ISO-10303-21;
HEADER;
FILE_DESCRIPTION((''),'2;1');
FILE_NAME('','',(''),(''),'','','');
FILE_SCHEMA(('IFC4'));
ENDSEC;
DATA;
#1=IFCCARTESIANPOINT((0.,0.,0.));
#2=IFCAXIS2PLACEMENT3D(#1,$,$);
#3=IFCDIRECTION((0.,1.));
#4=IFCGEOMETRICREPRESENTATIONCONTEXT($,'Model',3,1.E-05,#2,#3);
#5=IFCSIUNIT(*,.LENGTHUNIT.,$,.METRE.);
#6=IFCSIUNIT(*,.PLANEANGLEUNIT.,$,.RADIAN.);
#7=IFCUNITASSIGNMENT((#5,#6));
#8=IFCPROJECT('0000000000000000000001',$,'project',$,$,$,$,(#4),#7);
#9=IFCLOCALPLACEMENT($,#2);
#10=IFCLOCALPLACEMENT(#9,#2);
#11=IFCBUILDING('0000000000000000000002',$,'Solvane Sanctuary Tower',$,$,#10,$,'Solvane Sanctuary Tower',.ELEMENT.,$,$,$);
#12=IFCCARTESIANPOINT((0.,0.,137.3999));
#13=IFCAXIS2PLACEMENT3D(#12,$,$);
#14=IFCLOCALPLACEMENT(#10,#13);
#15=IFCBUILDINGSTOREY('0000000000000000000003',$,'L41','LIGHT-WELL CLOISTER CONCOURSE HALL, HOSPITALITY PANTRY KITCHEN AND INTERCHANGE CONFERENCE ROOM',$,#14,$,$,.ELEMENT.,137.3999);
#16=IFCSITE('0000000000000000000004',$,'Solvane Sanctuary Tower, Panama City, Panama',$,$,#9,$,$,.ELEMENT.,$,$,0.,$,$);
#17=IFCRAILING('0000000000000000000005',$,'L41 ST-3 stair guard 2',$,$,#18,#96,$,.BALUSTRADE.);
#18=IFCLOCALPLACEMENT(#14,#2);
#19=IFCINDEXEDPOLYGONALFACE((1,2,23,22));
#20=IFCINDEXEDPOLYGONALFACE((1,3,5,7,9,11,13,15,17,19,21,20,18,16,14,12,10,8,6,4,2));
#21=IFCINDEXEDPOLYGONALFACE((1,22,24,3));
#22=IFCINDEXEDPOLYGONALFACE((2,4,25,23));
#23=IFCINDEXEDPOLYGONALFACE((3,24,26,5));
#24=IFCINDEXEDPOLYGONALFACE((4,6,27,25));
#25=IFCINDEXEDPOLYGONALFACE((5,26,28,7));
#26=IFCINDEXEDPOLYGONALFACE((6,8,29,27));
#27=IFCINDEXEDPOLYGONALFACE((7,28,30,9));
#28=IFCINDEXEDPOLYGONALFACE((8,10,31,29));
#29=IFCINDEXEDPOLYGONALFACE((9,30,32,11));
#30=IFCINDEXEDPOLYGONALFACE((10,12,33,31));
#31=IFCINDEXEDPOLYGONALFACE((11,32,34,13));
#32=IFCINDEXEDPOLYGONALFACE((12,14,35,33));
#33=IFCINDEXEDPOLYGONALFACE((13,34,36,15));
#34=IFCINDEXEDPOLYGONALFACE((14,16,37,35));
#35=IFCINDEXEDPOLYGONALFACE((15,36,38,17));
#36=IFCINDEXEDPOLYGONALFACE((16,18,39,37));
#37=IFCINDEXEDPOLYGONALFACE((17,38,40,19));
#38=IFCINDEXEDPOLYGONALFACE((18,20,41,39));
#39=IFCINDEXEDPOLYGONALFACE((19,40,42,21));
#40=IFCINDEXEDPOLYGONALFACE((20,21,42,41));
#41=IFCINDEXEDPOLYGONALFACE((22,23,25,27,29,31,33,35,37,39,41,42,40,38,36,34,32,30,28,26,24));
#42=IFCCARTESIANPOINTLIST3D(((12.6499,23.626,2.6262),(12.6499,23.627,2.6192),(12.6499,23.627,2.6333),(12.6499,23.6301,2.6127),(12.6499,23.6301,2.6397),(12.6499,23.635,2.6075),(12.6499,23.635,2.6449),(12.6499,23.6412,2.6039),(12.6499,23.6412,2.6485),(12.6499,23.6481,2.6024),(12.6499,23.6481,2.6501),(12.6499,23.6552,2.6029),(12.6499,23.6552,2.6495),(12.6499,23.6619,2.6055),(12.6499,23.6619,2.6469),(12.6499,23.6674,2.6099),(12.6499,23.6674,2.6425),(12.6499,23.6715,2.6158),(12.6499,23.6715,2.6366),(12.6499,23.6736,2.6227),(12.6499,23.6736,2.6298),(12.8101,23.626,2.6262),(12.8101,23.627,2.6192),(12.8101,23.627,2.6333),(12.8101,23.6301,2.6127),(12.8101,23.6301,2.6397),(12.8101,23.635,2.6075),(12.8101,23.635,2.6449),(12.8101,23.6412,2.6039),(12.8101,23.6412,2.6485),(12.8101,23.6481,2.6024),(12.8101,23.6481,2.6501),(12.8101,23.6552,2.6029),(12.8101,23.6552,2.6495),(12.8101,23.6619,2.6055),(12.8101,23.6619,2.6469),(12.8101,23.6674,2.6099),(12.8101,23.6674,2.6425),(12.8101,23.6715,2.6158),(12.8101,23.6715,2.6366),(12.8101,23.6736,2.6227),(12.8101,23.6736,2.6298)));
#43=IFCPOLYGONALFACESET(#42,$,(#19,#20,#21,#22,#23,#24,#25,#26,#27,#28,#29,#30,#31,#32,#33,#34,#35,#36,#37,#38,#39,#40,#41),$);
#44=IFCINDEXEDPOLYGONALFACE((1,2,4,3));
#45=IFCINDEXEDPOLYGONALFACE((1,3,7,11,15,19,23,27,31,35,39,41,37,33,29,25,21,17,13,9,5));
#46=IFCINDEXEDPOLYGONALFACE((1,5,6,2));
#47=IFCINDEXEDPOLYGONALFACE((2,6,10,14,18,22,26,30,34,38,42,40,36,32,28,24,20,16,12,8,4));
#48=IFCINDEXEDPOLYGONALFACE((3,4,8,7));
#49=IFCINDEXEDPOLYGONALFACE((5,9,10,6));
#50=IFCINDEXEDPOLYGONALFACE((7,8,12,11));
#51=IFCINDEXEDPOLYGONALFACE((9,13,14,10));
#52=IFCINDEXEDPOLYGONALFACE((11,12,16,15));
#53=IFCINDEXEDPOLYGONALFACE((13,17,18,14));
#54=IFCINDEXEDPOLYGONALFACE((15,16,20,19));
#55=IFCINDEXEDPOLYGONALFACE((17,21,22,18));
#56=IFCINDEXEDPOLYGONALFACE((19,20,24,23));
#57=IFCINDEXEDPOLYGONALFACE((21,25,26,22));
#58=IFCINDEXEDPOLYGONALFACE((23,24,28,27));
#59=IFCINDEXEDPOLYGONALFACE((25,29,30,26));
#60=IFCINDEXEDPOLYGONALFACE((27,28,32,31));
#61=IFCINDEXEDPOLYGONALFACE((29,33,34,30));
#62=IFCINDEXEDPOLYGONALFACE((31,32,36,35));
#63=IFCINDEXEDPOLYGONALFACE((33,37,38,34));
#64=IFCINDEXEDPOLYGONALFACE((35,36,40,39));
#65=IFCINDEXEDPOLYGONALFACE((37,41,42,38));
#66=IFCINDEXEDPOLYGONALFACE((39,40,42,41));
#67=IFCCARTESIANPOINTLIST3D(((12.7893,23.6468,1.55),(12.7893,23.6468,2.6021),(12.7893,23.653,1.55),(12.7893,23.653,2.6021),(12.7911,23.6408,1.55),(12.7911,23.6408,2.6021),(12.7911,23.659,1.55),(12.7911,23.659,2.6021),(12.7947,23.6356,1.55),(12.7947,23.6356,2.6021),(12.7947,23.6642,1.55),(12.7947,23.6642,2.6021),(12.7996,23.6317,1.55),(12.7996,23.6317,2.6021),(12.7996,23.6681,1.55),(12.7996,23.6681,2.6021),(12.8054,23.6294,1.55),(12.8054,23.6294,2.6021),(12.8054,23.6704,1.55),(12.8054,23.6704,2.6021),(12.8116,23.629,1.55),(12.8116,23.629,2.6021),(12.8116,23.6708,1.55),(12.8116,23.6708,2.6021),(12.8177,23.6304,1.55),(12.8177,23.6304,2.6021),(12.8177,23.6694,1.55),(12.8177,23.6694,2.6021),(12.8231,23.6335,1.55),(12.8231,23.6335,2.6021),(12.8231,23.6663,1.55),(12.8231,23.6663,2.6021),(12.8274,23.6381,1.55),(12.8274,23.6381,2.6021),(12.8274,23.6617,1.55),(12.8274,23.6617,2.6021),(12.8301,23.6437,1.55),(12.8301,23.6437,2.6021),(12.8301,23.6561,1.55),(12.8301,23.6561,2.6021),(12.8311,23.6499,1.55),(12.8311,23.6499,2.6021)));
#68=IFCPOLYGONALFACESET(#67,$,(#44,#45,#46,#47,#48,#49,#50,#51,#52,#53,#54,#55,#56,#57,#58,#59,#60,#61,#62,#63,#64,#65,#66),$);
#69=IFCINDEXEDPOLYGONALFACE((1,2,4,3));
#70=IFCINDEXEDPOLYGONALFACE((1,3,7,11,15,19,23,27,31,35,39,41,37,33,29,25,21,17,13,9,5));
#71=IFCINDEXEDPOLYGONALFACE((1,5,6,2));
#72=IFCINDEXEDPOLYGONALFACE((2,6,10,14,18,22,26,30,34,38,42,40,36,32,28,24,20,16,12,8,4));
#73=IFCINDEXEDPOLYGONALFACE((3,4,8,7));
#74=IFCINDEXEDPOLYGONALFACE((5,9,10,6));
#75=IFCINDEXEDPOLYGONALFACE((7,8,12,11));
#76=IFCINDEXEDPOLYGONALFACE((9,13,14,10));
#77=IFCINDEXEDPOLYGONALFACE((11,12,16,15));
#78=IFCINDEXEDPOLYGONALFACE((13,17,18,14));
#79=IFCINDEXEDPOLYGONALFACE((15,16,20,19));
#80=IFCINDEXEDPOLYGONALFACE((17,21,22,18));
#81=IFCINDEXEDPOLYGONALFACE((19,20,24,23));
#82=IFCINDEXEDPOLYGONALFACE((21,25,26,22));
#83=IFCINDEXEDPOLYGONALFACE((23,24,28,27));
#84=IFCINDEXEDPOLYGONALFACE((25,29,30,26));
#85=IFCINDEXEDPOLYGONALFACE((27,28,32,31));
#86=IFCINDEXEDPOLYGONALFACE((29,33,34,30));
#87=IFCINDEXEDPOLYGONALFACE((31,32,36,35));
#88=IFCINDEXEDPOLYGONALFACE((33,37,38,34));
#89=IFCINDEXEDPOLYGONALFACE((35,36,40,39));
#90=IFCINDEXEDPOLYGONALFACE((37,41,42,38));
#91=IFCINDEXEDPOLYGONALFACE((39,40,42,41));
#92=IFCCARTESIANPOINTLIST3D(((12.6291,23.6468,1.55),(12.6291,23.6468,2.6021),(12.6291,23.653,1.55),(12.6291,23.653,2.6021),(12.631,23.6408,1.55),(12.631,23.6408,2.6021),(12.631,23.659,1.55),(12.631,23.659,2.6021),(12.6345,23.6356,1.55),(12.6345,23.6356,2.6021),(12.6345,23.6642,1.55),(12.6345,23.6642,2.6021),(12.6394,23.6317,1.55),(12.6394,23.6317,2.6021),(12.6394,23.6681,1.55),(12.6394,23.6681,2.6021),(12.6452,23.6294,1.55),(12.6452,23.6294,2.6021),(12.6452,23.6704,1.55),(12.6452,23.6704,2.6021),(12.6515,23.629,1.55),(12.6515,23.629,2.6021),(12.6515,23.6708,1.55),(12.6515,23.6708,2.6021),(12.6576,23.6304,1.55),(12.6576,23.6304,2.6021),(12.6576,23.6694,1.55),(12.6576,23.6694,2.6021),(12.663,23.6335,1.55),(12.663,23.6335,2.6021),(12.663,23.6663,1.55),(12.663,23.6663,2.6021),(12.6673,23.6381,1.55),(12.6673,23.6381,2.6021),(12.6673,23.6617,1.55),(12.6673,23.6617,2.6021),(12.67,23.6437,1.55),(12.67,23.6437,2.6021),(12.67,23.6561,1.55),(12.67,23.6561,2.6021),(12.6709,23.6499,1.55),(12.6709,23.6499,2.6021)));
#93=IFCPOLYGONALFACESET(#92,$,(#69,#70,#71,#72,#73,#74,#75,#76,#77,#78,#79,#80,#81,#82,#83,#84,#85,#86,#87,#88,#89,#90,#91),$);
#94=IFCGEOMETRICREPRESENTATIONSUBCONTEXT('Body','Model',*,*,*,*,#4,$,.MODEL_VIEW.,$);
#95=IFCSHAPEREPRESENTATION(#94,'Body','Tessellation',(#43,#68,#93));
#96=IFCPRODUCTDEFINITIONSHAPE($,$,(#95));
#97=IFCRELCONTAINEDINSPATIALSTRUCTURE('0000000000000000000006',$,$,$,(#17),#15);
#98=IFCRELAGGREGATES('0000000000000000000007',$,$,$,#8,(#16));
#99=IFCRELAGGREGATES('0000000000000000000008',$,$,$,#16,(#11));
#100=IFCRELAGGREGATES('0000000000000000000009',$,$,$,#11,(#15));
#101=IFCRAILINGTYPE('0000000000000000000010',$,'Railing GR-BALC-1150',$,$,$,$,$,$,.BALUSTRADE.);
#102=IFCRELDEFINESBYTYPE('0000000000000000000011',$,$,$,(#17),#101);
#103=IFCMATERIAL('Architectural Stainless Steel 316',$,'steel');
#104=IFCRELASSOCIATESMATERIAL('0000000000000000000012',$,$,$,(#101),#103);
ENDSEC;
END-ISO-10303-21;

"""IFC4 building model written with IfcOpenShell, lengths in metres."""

from ifc_helpers import new_model, si_unit, direction, frame, origin, origin_2d, place, context, subcontext, project, spatial, circle, extrude, material, type_object, element, save


model = new_model("IFC4")

# Units and contexts
model_context = context("Model", 3, precision=1e-05, world=origin(), true_north=direction((0.0, 1.0)))
body_context = subcontext(model_context, "Body", "Model", "MODEL_VIEW")
ifc_project = project(units=[si_unit("LENGTHUNIT", "METRE"), si_unit("PLANEANGLEUNIT", "RADIAN")], contexts=[model_context])

# Site, building, storey
site_placement = place(None, origin())
site = spatial("IfcSite", under=ifc_project, at=site_placement, Name="Solvane Sanctuary Tower, Panama City, Panama", CompositionType="ELEMENT", RefElevation=0.0)
building_placement = place(site_placement, origin())
building = spatial("IfcBuilding", under=site, at=building_placement, Name="Solvane Sanctuary Tower", LongName="Solvane Sanctuary Tower", CompositionType="ELEMENT")
storey_placement = place(building_placement, frame((0.0, 0.0, 137.3999)))
storey = spatial("IfcBuildingStorey", under=building, at=storey_placement, Name="L41", Description="LIGHT-WELL CLOISTER CONCOURSE HALL, HOSPITALITY PANTRY KITCHEN AND INTERCHANGE CONFERENCE ROOM", CompositionType="ELEMENT", Elevation=137.3999)

# Shared definitions
ifc_material_1 = material(Name="Architectural Stainless Steel 316", Category="steel")

# Railing
railing_type_1 = type_object("IfcRailingType", Name="Railing GR-BALC-1150", PredefinedType="BALUSTRADE", material=ifc_material_1)
railing_1_placement = place(storey_placement, frame((12.8101, 23.6499, 1.55)))
element("IfcRailing", 1, at=railing_1_placement, inside=storey, type_object=railing_type_1, Name="L41 ST-3 stair guard 2", PredefinedType="BALUSTRADE", context=body_context, shape_type="SweptSolid", body=[
    extrude(circle(Radius=0.0239, at=origin_2d()), frame((0.0, 0.0, 1.0762), z_axis=(-1.0, 0.0, 0.0), x_axis=(0.0, -1.0, 0.0)), (0.0, 0.0, 1.0), 0.1602),
    extrude(circle(Radius=0.021, at=origin_2d()), origin(), (0.0, 0.0, 1.0), 1.052),
    extrude(circle(Radius=0.021, at=origin_2d()), frame((-0.1602, 0.0, 0.0)), (0.0, 0.0, 1.0), 1.052),
])

save(model, "model.ifc")
